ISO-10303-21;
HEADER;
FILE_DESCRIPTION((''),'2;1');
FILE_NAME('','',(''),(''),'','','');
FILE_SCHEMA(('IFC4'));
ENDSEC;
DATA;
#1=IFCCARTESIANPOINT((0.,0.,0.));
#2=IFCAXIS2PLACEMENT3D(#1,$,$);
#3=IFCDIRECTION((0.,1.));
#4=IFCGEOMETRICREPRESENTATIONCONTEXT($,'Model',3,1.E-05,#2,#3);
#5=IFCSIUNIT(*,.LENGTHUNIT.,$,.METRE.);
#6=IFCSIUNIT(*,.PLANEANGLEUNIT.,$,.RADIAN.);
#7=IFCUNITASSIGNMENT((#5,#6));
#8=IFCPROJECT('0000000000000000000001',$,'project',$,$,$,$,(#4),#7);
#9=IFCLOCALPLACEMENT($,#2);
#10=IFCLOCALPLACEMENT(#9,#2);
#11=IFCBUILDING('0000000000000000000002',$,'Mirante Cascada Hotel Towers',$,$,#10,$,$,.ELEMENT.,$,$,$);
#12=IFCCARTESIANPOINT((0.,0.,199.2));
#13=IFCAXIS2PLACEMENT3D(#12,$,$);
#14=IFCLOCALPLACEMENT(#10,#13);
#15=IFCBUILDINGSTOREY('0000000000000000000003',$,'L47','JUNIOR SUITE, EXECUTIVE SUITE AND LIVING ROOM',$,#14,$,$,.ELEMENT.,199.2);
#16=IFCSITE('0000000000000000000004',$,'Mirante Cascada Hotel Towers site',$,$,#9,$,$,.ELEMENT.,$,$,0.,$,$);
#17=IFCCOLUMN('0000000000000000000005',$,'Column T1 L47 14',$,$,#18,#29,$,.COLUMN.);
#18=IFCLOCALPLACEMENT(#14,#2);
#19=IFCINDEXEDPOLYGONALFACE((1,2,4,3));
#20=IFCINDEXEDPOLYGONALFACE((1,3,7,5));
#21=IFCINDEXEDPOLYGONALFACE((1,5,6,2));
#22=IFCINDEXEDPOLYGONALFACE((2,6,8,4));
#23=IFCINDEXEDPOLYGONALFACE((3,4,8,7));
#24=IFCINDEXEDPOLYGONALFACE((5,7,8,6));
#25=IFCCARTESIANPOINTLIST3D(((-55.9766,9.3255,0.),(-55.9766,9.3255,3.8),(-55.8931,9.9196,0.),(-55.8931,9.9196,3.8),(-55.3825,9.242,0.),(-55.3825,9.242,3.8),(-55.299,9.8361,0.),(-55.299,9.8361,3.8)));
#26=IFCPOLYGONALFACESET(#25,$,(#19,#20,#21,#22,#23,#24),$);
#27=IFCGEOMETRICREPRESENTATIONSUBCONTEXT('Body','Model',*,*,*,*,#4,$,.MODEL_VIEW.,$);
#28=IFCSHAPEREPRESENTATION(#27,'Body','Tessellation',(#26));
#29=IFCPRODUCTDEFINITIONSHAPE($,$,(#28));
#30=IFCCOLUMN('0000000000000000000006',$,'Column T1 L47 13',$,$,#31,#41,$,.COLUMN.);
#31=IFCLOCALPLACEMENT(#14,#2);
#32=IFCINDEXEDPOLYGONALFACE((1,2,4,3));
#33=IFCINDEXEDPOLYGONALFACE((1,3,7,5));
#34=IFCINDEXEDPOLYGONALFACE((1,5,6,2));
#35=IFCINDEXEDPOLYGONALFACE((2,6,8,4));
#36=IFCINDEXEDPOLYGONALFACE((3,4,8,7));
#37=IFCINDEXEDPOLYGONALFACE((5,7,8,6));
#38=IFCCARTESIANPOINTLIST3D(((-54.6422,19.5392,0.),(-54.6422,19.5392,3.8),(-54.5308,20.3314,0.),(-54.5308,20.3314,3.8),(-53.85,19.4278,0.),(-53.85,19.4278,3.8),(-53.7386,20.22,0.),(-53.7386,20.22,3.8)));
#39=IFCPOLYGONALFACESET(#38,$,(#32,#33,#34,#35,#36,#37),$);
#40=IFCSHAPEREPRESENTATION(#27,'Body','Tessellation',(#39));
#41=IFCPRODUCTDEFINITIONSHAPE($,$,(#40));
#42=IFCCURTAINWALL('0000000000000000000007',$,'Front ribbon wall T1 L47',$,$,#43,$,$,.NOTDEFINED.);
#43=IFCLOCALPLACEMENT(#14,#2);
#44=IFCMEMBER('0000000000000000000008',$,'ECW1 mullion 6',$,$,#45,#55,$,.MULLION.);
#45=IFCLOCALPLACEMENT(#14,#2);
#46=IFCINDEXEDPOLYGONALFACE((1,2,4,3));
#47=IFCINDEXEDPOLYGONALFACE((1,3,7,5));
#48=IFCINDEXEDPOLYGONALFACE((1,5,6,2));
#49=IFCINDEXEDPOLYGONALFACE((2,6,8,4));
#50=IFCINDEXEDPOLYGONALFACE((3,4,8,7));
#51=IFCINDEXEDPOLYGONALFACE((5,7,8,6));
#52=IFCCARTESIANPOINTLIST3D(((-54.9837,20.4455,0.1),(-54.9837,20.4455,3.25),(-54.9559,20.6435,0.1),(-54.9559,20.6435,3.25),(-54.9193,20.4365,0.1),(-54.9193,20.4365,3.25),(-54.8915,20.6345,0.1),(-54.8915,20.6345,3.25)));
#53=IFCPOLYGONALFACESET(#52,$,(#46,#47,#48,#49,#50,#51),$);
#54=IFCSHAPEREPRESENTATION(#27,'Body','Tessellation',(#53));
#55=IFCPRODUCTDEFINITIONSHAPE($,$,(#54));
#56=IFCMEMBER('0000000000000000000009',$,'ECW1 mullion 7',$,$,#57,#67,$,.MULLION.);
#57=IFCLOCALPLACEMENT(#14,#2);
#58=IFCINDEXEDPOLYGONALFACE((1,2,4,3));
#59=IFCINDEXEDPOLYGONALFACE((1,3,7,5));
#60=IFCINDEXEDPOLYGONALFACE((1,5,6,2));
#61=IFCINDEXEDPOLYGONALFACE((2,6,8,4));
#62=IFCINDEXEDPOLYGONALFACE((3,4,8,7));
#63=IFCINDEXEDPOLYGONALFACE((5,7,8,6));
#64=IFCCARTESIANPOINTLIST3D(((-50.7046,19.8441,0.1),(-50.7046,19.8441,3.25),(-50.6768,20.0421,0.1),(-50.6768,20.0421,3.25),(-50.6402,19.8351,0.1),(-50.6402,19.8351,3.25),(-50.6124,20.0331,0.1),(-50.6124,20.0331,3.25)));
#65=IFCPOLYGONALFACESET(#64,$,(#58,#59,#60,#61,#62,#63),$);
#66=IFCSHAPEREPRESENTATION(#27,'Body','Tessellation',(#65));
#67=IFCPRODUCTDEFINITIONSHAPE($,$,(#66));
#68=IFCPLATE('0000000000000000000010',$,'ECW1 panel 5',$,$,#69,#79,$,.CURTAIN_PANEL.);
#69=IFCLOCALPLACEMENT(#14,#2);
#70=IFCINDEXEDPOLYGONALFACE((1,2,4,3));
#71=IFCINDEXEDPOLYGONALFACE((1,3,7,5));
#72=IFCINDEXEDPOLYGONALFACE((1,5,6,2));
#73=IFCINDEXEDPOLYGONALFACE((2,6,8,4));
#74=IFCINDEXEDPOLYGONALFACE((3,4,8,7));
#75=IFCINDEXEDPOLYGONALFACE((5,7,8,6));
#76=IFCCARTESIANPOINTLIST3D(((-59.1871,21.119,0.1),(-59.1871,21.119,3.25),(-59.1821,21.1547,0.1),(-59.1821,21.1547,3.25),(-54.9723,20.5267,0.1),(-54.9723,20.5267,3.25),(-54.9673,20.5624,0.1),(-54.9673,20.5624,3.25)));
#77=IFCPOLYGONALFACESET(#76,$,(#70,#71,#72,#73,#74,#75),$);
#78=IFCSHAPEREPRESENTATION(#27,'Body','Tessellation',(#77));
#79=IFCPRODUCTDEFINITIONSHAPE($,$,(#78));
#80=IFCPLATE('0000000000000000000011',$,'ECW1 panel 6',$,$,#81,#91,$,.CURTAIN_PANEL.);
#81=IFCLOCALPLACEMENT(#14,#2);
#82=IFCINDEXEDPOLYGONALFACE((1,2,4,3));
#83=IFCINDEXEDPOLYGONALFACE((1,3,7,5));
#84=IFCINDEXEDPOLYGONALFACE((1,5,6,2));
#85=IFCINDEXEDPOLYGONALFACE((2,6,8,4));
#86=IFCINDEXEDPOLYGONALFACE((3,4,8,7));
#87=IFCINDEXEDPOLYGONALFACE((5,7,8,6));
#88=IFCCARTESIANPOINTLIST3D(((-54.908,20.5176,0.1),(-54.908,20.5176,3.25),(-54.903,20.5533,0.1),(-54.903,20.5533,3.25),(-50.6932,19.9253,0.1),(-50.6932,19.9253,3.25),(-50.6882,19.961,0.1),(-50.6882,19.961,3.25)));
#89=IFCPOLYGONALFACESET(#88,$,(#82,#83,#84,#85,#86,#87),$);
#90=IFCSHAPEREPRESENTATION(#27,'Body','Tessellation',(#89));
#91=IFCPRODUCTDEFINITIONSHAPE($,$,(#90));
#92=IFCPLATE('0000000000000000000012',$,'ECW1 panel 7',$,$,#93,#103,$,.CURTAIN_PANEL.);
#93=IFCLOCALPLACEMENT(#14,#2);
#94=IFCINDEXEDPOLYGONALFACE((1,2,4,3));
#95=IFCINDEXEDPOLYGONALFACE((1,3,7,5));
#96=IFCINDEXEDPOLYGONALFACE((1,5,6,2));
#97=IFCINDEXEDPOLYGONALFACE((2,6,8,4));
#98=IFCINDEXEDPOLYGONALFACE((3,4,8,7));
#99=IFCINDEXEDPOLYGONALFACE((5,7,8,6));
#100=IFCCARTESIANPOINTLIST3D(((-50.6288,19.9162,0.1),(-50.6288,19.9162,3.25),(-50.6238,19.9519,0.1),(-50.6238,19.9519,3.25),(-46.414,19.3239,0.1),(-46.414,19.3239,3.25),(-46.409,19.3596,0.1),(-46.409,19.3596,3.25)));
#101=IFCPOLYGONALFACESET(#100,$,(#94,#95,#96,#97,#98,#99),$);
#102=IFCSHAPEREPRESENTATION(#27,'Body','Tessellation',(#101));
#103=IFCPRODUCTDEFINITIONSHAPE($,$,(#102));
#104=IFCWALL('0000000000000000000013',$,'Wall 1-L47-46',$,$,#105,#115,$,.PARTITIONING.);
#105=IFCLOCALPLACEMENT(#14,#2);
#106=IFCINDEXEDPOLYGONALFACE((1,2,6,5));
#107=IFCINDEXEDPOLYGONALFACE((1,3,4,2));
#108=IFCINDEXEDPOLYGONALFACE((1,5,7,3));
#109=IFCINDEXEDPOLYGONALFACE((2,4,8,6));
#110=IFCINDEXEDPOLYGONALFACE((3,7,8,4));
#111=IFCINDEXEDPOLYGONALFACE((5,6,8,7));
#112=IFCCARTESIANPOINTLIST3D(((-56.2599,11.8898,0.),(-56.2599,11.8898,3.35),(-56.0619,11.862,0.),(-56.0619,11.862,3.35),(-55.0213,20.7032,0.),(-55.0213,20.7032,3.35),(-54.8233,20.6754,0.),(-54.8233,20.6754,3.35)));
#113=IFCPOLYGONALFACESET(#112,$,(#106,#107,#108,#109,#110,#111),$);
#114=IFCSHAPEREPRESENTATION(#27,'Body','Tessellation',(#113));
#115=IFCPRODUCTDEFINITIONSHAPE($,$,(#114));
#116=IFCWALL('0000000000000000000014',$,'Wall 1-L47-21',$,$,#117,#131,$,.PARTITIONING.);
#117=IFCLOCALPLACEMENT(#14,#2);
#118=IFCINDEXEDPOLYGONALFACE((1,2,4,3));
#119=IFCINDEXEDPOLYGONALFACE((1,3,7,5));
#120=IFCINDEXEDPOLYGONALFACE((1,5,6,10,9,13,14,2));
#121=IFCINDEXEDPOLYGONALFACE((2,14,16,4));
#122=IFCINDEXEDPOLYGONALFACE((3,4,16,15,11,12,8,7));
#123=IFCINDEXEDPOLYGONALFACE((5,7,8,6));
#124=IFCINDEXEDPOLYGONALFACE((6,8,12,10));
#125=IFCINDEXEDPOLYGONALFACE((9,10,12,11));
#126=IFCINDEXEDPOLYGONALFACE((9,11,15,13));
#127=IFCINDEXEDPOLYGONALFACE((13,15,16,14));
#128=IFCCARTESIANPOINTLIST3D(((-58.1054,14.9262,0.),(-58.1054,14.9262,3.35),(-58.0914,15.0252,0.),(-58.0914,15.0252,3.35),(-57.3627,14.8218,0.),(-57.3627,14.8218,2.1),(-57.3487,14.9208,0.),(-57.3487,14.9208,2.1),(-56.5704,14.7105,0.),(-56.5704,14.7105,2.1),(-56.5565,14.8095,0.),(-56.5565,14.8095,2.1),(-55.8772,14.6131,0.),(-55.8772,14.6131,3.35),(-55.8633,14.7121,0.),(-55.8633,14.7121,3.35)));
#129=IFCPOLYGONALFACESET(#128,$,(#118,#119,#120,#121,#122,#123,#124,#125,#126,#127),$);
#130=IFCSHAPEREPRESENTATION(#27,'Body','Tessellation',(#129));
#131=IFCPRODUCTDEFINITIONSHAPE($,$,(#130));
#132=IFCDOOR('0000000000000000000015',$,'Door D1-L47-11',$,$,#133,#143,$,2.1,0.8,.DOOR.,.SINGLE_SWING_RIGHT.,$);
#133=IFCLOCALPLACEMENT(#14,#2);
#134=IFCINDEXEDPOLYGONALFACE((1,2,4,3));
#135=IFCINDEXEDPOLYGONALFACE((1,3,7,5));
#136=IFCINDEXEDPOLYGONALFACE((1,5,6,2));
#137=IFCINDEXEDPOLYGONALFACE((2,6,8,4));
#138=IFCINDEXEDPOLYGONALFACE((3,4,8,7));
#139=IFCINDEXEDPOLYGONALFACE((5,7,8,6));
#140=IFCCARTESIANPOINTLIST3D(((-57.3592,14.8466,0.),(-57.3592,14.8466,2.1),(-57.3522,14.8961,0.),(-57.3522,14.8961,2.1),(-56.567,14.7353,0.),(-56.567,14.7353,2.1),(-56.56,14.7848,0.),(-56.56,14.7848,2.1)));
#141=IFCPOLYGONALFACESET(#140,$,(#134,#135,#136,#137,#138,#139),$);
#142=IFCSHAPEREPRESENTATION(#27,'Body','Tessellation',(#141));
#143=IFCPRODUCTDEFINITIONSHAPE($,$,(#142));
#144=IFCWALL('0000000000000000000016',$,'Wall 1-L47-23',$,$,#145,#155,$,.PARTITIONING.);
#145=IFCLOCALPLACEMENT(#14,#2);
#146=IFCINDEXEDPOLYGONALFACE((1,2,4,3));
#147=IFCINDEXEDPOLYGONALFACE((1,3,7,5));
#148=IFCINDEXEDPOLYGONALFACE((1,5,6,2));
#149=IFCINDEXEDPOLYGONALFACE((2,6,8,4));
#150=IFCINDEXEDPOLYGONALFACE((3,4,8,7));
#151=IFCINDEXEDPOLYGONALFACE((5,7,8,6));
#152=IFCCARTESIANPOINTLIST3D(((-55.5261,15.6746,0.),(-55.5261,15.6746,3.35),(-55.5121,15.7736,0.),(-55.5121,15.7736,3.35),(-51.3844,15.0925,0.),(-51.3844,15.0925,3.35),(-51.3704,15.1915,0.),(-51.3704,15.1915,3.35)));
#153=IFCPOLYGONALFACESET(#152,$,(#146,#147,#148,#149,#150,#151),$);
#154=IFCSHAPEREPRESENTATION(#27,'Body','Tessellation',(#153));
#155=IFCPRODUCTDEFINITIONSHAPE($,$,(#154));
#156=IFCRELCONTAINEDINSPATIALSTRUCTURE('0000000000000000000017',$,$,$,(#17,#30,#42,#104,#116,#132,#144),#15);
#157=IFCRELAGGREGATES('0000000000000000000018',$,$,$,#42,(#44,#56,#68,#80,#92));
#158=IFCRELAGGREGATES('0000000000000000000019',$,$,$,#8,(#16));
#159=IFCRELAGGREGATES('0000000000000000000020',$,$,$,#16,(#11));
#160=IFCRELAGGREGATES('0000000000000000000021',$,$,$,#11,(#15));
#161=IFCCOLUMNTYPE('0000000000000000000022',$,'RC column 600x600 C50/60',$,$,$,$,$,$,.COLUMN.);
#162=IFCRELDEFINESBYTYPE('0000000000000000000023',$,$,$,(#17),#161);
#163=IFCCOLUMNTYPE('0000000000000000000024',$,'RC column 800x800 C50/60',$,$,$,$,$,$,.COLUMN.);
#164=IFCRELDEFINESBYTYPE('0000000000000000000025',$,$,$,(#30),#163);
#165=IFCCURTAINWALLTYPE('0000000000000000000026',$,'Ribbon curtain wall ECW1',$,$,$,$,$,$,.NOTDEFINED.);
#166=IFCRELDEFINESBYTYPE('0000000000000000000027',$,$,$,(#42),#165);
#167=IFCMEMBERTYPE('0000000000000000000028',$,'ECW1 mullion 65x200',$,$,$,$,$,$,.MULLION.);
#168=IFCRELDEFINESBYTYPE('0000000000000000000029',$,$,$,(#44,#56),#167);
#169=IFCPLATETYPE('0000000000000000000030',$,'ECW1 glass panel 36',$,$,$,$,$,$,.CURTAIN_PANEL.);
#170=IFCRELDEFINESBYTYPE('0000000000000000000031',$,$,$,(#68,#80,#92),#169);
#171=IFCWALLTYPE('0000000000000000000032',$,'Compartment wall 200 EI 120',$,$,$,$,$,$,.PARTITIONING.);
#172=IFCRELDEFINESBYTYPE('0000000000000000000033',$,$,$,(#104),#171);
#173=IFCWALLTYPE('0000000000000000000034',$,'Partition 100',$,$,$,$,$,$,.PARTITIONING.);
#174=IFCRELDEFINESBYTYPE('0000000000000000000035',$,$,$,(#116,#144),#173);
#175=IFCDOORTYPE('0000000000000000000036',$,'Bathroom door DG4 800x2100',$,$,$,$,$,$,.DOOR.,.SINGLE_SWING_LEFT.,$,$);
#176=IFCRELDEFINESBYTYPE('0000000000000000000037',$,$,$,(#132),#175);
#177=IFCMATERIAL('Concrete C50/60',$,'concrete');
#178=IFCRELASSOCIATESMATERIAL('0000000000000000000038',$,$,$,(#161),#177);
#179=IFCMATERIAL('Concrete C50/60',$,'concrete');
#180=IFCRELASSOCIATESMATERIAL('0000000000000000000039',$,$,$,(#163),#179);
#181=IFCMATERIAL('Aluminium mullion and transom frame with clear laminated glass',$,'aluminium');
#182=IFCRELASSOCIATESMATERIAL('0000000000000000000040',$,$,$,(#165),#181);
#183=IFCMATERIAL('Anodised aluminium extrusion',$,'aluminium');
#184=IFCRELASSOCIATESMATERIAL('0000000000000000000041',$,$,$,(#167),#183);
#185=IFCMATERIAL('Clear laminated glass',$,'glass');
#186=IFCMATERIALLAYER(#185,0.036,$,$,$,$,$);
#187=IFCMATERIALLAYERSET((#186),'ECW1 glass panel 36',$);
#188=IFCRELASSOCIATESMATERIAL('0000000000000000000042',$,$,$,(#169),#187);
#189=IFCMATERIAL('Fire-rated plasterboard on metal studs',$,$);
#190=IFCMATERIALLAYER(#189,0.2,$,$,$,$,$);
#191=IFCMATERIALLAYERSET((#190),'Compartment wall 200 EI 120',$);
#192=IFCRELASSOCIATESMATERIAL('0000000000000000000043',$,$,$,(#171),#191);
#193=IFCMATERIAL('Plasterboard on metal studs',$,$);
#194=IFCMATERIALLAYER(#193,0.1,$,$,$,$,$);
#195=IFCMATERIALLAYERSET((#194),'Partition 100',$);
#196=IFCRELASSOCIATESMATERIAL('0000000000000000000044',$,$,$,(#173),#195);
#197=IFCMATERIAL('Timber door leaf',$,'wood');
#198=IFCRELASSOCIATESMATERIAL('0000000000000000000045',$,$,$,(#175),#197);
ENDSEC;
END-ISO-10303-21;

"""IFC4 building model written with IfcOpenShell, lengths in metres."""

from ifc_helpers import new_model, si_unit, direction, frame, frame_2d, origin, origin_2d, place, context, subcontext, project, spatial, rectangle, extrude, material, layer, layer_set, material_profile, profile_set, type_object, element, fill, aggregate, save


model = new_model("IFC4")

# Units and contexts
model_context = context("Model", 3, precision=1e-05, world=origin(), true_north=direction((0.0, 1.0)))
body_context = subcontext(model_context, "Body", "Model", "MODEL_VIEW")
ifc_project = project(units=[si_unit("LENGTHUNIT", "METRE"), si_unit("PLANEANGLEUNIT", "RADIAN")], contexts=[model_context])

# Site, building, storey
site_placement = place(None, origin())
site = spatial("IfcSite", under=ifc_project, at=site_placement, Name="Mirante Cascada Hotel Towers site", CompositionType="ELEMENT", RefElevation=0.0)
building_placement = place(site_placement, origin())
building = spatial("IfcBuilding", under=site, at=building_placement, Name="Mirante Cascada Hotel Towers", CompositionType="ELEMENT")
storey_placement = place(building_placement, frame((0.0, 0.0, 199.2)))
storey = spatial("IfcBuildingStorey", under=building, at=storey_placement, Name="L47", Description="JUNIOR SUITE, EXECUTIVE SUITE AND LIVING ROOM", CompositionType="ELEMENT", Elevation=199.2)

# Columns
ifc_material_1 = material(Name="Concrete C50/60", Category="concrete")
ifc_material_profile_1 = material_profile(ifc_material_1, rectangle(XDim=0.6, YDim=0.6, at=origin_2d()), Name="RC column 600x600 C50/60")
ifc_profile_set_1 = profile_set([ifc_material_profile_1], Name="Concrete C50/60")
column_type_1 = type_object("IfcColumnType", Name="RC column 600x600 C50/60", PredefinedType="COLUMN", material=ifc_profile_set_1)
column_1_placement = place(storey_placement, frame((-55.6378, 9.5808, 0.0), z_axis=(0.0, 0.0, 1.0), x_axis=(-0.990268, 0.139173, 0.0)))
element("IfcColumn", 1, at=column_1_placement, inside=storey, type_object=column_type_1, Name="Column T1 L47 14", PredefinedType="COLUMN", context=body_context, shape_type="SweptSolid", body=[
    extrude(rectangle(XDim=0.6, YDim=0.6, at=origin_2d()), origin(), (0.0, 0.0, 1.0), 3.8),
])
ifc_material_2 = material(Name="Concrete C50/60", Category="concrete")
ifc_material_profile_2 = material_profile(ifc_material_2, rectangle(XDim=0.8, YDim=0.8, at=origin_2d()), Name="RC column 800x800 C50/60")
ifc_profile_set_2 = profile_set([ifc_material_profile_2], Name="Concrete C50/60")
column_type_2 = type_object("IfcColumnType", Name="RC column 800x800 C50/60", PredefinedType="COLUMN", material=ifc_profile_set_2)
column_2_placement = place(storey_placement, frame((-54.1904, 19.8796, 0.0), z_axis=(0.0, 0.0, 1.0), x_axis=(-0.990268, 0.139173, 0.0)))
element("IfcColumn", 2, at=column_2_placement, inside=storey, type_object=column_type_2, Name="Column T1 L47 13", PredefinedType="COLUMN", context=body_context, shape_type="SweptSolid", body=[
    extrude(rectangle(XDim=0.8, YDim=0.8, at=origin_2d()), origin(), (0.0, 0.0, 1.0), 3.8),
])

# Curtain wall, members, plates
ifc_material_3 = material(Name="Aluminium mullion and transom frame with clear laminated glass", Category="aluminium")
curtain_wall_type = type_object("IfcCurtainWallType", Name="Ribbon curtain wall ECW1", PredefinedType="NOTDEFINED", material=ifc_material_3)
curtain_wall_placement = place(storey_placement, origin())
curtain_wall = element("IfcCurtainWall", 3, at=curtain_wall_placement, inside=storey, type_object=curtain_wall_type, Name="Front ribbon wall T1 L47", PredefinedType="NOTDEFINED")
ifc_material_4 = material(Name="Anodised aluminium extrusion", Category="aluminium")
ifc_material_profile_3 = material_profile(ifc_material_4, rectangle(XDim=0.2, YDim=0.065, at=origin_2d()), Name="ECW1 MULLION 65x200")
ifc_profile_set_3 = profile_set([ifc_material_profile_3], Name="Anodised aluminium extrusion")
member_type = type_object("IfcMemberType", Name="ECW1 mullion 65x200", PredefinedType="MULLION", material=ifc_profile_set_3)
member_1_placement = place(storey_placement, frame((-54.9376, 20.54, 0.1), z_axis=(0.0, 0.0, 1.0), x_axis=(0.139173, 0.990268, 0.0)))
member_1 = element("IfcMember", 4, at=member_1_placement, type_object=member_type, Name="ECW1 mullion 6", PredefinedType="MULLION", context=body_context, shape_type="SweptSolid", body=[
    extrude(rectangle(XDim=0.2, YDim=0.065, at=origin_2d()), origin(), (0.0, 0.0, 1.0), 3.15),
])
member_2_placement = place(storey_placement, frame((-50.6585, 19.9386, 0.1), z_axis=(0.0, 0.0, 1.0), x_axis=(0.139173, 0.990268, 0.0)))
member_2 = element("IfcMember", 5, at=member_2_placement, type_object=member_type, Name="ECW1 mullion 7", PredefinedType="MULLION", context=body_context, shape_type="SweptSolid", body=[
    extrude(rectangle(XDim=0.2, YDim=0.065, at=origin_2d()), origin(), (0.0, 0.0, 1.0), 3.15),
])
ifc_material_5 = material(Name="Clear laminated glass", Category="glass")
ifc_layer_1 = layer(ifc_material_5, 0.036)
ifc_layer_set_1 = layer_set([ifc_layer_1], Name="ECW1 glass panel 36")
plate_type = type_object("IfcPlateType", Name="ECW1 glass panel 36", PredefinedType="CURTAIN_PANEL", material=ifc_layer_set_1)
plate_1_placement = place(storey_placement, frame((-57.0772, 20.8407, 0.1), z_axis=(0.0, 0.0, 1.0), x_axis=(0.990268, -0.139173, 0.0)))
plate_1 = element("IfcPlate", 6, at=plate_1_placement, type_object=plate_type, Name="ECW1 panel 5", PredefinedType="CURTAIN_PANEL", context=body_context, shape_type="SweptSolid", body=[
    extrude(rectangle(XDim=4.2562, YDim=0.036, at=origin_2d()), origin(), (0.0, 0.0, 1.0), 3.15),
])
plate_2_placement = place(storey_placement, frame((-52.7981, 20.2393, 0.1), z_axis=(0.0, 0.0, 1.0), x_axis=(0.990268, -0.139173, 0.0)))
plate_2 = element("IfcPlate", 7, at=plate_2_placement, type_object=plate_type, Name="ECW1 panel 6", PredefinedType="CURTAIN_PANEL", context=body_context, shape_type="SweptSolid", body=[
    extrude(rectangle(XDim=4.2562, YDim=0.036, at=origin_2d()), origin(), (0.0, 0.0, 1.0), 3.15),
])
plate_3_placement = place(storey_placement, frame((-48.5189, 19.6379, 0.1), z_axis=(0.0, 0.0, 1.0), x_axis=(0.990268, -0.139173, 0.0)))
plate_3 = element("IfcPlate", 8, at=plate_3_placement, type_object=plate_type, Name="ECW1 panel 7", PredefinedType="CURTAIN_PANEL", context=body_context, shape_type="SweptSolid", body=[
    extrude(rectangle(XDim=4.2562, YDim=0.036, at=origin_2d()), origin(), (0.0, 0.0, 1.0), 3.15),
])
aggregate(curtain_wall, [member_1, member_2, plate_1, plate_2, plate_3])

# Wall
ifc_material_6 = material(Name="Fire-rated plasterboard on metal studs")
ifc_layer_2 = layer(ifc_material_6, 0.2)
ifc_layer_set_2 = layer_set([ifc_layer_2], Name="Compartment wall 200 EI 120")
wall_type_1 = type_object("IfcWallType", Name="Compartment wall 200 EI 120", PredefinedType="PARTITIONING", material=ifc_layer_set_2)
wall_1_placement = place(storey_placement, frame((-56.1609, 11.8759, 0.0), z_axis=(0.0, 0.0, 1.0), x_axis=(0.139168, 0.990269, 0.0)))
element("IfcWall", 9, at=wall_1_placement, inside=storey, type_object=wall_type_1, Name="Wall 1-L47-46", PredefinedType="PARTITIONING", context=body_context, shape_type="SweptSolid", body=[
    extrude(rectangle(XDim=8.9, YDim=0.2, at=frame_2d((4.45, 0.0))), origin(), (0.0, 0.0, 1.0), 3.35),
])

# Wall, opening, door
ifc_material_7 = material(Name="Plasterboard on metal studs")
ifc_layer_3 = layer(ifc_material_7, 0.1)
ifc_layer_set_3 = layer_set([ifc_layer_3], Name="Partition 100")
wall_type_2 = type_object("IfcWallType", Name="Partition 100", PredefinedType="PARTITIONING", material=ifc_layer_set_3)
wall_2_placement = place(storey_placement, frame((-58.0984, 14.9757, 0.0), z_axis=(0.0, 0.0, 1.0), x_axis=(0.990271, -0.139156, 0.0)))
wall_2 = element("IfcWall", 10, at=wall_2_placement, inside=storey, type_object=wall_type_2, Name="Wall 1-L47-21", PredefinedType="PARTITIONING", context=body_context, shape_type="SweptSolid", body=[
    extrude(rectangle(XDim=2.25, YDim=0.1, at=frame_2d((1.125, 0.0))), origin(), (0.0, 0.0, 1.0), 3.35),
])
opening_1_placement = place(wall_2_placement, frame((0.75, 0.0, 0.0)))
opening_1 = element("IfcOpeningElement", 11, at=opening_1_placement, cuts=wall_2, PredefinedType="OPENING", context=body_context, shape_type="SweptSolid", body=[
    extrude(rectangle(XDim=0.8, YDim=2.1, at=frame_2d((0.4, 1.05))), frame((0.0, 0.05, 0.0), z_axis=(0.0, -1.0, 0.0), x_axis=(1.0, 0.0, 0.0)), (0.0, 0.0, 1.0), 0.1),
])
ifc_material_8 = material(Name="Timber door leaf", Category="wood")
door_type_1 = type_object("IfcDoorType", Name="Bathroom door DG4 800x2100", OperationType="SINGLE_SWING_LEFT", PredefinedType="DOOR", material=ifc_material_8)
door_1_placement = place(opening_1_placement, frame((0.8, 0.0, 0.0), z_axis=(0.0, 0.0, 1.0), x_axis=(-1.0, 0.0, 0.0)))
door_1 = element("IfcDoor", 12, at=door_1_placement, inside=storey, type_object=door_type_1, Name="Door D1-L47-11", OperationType="SINGLE_SWING_RIGHT", OverallHeight=2.1, OverallWidth=0.8, PredefinedType="DOOR", context=body_context, shape_type="SweptSolid", body=[
    extrude(rectangle(XDim=0.8, YDim=2.1, at=frame_2d((0.4, 1.05))), frame((0.0, 0.025, 0.0), z_axis=(0.0, -1.0, 0.0), x_axis=(1.0, 0.0, 0.0)), (0.0, 0.0, 1.0), 0.05),
])
fill(opening_1, door_1)

# Wall
wall_3_placement = place(storey_placement, frame((-55.5191, 15.7241, 0.0), z_axis=(0.0, 0.0, 1.0), x_axis=(0.990267, -0.139178, 0.0)))
element("IfcWall", 13, at=wall_3_placement, inside=storey, type_object=wall_type_2, Name="Wall 1-L47-23", PredefinedType="PARTITIONING", context=body_context, shape_type="SweptSolid", body=[
    extrude(rectangle(XDim=4.1824, YDim=0.1, at=frame_2d((2.0912, 0.0))), origin(), (0.0, 0.0, 1.0), 3.35),
])

save(model, "model.ifc")
